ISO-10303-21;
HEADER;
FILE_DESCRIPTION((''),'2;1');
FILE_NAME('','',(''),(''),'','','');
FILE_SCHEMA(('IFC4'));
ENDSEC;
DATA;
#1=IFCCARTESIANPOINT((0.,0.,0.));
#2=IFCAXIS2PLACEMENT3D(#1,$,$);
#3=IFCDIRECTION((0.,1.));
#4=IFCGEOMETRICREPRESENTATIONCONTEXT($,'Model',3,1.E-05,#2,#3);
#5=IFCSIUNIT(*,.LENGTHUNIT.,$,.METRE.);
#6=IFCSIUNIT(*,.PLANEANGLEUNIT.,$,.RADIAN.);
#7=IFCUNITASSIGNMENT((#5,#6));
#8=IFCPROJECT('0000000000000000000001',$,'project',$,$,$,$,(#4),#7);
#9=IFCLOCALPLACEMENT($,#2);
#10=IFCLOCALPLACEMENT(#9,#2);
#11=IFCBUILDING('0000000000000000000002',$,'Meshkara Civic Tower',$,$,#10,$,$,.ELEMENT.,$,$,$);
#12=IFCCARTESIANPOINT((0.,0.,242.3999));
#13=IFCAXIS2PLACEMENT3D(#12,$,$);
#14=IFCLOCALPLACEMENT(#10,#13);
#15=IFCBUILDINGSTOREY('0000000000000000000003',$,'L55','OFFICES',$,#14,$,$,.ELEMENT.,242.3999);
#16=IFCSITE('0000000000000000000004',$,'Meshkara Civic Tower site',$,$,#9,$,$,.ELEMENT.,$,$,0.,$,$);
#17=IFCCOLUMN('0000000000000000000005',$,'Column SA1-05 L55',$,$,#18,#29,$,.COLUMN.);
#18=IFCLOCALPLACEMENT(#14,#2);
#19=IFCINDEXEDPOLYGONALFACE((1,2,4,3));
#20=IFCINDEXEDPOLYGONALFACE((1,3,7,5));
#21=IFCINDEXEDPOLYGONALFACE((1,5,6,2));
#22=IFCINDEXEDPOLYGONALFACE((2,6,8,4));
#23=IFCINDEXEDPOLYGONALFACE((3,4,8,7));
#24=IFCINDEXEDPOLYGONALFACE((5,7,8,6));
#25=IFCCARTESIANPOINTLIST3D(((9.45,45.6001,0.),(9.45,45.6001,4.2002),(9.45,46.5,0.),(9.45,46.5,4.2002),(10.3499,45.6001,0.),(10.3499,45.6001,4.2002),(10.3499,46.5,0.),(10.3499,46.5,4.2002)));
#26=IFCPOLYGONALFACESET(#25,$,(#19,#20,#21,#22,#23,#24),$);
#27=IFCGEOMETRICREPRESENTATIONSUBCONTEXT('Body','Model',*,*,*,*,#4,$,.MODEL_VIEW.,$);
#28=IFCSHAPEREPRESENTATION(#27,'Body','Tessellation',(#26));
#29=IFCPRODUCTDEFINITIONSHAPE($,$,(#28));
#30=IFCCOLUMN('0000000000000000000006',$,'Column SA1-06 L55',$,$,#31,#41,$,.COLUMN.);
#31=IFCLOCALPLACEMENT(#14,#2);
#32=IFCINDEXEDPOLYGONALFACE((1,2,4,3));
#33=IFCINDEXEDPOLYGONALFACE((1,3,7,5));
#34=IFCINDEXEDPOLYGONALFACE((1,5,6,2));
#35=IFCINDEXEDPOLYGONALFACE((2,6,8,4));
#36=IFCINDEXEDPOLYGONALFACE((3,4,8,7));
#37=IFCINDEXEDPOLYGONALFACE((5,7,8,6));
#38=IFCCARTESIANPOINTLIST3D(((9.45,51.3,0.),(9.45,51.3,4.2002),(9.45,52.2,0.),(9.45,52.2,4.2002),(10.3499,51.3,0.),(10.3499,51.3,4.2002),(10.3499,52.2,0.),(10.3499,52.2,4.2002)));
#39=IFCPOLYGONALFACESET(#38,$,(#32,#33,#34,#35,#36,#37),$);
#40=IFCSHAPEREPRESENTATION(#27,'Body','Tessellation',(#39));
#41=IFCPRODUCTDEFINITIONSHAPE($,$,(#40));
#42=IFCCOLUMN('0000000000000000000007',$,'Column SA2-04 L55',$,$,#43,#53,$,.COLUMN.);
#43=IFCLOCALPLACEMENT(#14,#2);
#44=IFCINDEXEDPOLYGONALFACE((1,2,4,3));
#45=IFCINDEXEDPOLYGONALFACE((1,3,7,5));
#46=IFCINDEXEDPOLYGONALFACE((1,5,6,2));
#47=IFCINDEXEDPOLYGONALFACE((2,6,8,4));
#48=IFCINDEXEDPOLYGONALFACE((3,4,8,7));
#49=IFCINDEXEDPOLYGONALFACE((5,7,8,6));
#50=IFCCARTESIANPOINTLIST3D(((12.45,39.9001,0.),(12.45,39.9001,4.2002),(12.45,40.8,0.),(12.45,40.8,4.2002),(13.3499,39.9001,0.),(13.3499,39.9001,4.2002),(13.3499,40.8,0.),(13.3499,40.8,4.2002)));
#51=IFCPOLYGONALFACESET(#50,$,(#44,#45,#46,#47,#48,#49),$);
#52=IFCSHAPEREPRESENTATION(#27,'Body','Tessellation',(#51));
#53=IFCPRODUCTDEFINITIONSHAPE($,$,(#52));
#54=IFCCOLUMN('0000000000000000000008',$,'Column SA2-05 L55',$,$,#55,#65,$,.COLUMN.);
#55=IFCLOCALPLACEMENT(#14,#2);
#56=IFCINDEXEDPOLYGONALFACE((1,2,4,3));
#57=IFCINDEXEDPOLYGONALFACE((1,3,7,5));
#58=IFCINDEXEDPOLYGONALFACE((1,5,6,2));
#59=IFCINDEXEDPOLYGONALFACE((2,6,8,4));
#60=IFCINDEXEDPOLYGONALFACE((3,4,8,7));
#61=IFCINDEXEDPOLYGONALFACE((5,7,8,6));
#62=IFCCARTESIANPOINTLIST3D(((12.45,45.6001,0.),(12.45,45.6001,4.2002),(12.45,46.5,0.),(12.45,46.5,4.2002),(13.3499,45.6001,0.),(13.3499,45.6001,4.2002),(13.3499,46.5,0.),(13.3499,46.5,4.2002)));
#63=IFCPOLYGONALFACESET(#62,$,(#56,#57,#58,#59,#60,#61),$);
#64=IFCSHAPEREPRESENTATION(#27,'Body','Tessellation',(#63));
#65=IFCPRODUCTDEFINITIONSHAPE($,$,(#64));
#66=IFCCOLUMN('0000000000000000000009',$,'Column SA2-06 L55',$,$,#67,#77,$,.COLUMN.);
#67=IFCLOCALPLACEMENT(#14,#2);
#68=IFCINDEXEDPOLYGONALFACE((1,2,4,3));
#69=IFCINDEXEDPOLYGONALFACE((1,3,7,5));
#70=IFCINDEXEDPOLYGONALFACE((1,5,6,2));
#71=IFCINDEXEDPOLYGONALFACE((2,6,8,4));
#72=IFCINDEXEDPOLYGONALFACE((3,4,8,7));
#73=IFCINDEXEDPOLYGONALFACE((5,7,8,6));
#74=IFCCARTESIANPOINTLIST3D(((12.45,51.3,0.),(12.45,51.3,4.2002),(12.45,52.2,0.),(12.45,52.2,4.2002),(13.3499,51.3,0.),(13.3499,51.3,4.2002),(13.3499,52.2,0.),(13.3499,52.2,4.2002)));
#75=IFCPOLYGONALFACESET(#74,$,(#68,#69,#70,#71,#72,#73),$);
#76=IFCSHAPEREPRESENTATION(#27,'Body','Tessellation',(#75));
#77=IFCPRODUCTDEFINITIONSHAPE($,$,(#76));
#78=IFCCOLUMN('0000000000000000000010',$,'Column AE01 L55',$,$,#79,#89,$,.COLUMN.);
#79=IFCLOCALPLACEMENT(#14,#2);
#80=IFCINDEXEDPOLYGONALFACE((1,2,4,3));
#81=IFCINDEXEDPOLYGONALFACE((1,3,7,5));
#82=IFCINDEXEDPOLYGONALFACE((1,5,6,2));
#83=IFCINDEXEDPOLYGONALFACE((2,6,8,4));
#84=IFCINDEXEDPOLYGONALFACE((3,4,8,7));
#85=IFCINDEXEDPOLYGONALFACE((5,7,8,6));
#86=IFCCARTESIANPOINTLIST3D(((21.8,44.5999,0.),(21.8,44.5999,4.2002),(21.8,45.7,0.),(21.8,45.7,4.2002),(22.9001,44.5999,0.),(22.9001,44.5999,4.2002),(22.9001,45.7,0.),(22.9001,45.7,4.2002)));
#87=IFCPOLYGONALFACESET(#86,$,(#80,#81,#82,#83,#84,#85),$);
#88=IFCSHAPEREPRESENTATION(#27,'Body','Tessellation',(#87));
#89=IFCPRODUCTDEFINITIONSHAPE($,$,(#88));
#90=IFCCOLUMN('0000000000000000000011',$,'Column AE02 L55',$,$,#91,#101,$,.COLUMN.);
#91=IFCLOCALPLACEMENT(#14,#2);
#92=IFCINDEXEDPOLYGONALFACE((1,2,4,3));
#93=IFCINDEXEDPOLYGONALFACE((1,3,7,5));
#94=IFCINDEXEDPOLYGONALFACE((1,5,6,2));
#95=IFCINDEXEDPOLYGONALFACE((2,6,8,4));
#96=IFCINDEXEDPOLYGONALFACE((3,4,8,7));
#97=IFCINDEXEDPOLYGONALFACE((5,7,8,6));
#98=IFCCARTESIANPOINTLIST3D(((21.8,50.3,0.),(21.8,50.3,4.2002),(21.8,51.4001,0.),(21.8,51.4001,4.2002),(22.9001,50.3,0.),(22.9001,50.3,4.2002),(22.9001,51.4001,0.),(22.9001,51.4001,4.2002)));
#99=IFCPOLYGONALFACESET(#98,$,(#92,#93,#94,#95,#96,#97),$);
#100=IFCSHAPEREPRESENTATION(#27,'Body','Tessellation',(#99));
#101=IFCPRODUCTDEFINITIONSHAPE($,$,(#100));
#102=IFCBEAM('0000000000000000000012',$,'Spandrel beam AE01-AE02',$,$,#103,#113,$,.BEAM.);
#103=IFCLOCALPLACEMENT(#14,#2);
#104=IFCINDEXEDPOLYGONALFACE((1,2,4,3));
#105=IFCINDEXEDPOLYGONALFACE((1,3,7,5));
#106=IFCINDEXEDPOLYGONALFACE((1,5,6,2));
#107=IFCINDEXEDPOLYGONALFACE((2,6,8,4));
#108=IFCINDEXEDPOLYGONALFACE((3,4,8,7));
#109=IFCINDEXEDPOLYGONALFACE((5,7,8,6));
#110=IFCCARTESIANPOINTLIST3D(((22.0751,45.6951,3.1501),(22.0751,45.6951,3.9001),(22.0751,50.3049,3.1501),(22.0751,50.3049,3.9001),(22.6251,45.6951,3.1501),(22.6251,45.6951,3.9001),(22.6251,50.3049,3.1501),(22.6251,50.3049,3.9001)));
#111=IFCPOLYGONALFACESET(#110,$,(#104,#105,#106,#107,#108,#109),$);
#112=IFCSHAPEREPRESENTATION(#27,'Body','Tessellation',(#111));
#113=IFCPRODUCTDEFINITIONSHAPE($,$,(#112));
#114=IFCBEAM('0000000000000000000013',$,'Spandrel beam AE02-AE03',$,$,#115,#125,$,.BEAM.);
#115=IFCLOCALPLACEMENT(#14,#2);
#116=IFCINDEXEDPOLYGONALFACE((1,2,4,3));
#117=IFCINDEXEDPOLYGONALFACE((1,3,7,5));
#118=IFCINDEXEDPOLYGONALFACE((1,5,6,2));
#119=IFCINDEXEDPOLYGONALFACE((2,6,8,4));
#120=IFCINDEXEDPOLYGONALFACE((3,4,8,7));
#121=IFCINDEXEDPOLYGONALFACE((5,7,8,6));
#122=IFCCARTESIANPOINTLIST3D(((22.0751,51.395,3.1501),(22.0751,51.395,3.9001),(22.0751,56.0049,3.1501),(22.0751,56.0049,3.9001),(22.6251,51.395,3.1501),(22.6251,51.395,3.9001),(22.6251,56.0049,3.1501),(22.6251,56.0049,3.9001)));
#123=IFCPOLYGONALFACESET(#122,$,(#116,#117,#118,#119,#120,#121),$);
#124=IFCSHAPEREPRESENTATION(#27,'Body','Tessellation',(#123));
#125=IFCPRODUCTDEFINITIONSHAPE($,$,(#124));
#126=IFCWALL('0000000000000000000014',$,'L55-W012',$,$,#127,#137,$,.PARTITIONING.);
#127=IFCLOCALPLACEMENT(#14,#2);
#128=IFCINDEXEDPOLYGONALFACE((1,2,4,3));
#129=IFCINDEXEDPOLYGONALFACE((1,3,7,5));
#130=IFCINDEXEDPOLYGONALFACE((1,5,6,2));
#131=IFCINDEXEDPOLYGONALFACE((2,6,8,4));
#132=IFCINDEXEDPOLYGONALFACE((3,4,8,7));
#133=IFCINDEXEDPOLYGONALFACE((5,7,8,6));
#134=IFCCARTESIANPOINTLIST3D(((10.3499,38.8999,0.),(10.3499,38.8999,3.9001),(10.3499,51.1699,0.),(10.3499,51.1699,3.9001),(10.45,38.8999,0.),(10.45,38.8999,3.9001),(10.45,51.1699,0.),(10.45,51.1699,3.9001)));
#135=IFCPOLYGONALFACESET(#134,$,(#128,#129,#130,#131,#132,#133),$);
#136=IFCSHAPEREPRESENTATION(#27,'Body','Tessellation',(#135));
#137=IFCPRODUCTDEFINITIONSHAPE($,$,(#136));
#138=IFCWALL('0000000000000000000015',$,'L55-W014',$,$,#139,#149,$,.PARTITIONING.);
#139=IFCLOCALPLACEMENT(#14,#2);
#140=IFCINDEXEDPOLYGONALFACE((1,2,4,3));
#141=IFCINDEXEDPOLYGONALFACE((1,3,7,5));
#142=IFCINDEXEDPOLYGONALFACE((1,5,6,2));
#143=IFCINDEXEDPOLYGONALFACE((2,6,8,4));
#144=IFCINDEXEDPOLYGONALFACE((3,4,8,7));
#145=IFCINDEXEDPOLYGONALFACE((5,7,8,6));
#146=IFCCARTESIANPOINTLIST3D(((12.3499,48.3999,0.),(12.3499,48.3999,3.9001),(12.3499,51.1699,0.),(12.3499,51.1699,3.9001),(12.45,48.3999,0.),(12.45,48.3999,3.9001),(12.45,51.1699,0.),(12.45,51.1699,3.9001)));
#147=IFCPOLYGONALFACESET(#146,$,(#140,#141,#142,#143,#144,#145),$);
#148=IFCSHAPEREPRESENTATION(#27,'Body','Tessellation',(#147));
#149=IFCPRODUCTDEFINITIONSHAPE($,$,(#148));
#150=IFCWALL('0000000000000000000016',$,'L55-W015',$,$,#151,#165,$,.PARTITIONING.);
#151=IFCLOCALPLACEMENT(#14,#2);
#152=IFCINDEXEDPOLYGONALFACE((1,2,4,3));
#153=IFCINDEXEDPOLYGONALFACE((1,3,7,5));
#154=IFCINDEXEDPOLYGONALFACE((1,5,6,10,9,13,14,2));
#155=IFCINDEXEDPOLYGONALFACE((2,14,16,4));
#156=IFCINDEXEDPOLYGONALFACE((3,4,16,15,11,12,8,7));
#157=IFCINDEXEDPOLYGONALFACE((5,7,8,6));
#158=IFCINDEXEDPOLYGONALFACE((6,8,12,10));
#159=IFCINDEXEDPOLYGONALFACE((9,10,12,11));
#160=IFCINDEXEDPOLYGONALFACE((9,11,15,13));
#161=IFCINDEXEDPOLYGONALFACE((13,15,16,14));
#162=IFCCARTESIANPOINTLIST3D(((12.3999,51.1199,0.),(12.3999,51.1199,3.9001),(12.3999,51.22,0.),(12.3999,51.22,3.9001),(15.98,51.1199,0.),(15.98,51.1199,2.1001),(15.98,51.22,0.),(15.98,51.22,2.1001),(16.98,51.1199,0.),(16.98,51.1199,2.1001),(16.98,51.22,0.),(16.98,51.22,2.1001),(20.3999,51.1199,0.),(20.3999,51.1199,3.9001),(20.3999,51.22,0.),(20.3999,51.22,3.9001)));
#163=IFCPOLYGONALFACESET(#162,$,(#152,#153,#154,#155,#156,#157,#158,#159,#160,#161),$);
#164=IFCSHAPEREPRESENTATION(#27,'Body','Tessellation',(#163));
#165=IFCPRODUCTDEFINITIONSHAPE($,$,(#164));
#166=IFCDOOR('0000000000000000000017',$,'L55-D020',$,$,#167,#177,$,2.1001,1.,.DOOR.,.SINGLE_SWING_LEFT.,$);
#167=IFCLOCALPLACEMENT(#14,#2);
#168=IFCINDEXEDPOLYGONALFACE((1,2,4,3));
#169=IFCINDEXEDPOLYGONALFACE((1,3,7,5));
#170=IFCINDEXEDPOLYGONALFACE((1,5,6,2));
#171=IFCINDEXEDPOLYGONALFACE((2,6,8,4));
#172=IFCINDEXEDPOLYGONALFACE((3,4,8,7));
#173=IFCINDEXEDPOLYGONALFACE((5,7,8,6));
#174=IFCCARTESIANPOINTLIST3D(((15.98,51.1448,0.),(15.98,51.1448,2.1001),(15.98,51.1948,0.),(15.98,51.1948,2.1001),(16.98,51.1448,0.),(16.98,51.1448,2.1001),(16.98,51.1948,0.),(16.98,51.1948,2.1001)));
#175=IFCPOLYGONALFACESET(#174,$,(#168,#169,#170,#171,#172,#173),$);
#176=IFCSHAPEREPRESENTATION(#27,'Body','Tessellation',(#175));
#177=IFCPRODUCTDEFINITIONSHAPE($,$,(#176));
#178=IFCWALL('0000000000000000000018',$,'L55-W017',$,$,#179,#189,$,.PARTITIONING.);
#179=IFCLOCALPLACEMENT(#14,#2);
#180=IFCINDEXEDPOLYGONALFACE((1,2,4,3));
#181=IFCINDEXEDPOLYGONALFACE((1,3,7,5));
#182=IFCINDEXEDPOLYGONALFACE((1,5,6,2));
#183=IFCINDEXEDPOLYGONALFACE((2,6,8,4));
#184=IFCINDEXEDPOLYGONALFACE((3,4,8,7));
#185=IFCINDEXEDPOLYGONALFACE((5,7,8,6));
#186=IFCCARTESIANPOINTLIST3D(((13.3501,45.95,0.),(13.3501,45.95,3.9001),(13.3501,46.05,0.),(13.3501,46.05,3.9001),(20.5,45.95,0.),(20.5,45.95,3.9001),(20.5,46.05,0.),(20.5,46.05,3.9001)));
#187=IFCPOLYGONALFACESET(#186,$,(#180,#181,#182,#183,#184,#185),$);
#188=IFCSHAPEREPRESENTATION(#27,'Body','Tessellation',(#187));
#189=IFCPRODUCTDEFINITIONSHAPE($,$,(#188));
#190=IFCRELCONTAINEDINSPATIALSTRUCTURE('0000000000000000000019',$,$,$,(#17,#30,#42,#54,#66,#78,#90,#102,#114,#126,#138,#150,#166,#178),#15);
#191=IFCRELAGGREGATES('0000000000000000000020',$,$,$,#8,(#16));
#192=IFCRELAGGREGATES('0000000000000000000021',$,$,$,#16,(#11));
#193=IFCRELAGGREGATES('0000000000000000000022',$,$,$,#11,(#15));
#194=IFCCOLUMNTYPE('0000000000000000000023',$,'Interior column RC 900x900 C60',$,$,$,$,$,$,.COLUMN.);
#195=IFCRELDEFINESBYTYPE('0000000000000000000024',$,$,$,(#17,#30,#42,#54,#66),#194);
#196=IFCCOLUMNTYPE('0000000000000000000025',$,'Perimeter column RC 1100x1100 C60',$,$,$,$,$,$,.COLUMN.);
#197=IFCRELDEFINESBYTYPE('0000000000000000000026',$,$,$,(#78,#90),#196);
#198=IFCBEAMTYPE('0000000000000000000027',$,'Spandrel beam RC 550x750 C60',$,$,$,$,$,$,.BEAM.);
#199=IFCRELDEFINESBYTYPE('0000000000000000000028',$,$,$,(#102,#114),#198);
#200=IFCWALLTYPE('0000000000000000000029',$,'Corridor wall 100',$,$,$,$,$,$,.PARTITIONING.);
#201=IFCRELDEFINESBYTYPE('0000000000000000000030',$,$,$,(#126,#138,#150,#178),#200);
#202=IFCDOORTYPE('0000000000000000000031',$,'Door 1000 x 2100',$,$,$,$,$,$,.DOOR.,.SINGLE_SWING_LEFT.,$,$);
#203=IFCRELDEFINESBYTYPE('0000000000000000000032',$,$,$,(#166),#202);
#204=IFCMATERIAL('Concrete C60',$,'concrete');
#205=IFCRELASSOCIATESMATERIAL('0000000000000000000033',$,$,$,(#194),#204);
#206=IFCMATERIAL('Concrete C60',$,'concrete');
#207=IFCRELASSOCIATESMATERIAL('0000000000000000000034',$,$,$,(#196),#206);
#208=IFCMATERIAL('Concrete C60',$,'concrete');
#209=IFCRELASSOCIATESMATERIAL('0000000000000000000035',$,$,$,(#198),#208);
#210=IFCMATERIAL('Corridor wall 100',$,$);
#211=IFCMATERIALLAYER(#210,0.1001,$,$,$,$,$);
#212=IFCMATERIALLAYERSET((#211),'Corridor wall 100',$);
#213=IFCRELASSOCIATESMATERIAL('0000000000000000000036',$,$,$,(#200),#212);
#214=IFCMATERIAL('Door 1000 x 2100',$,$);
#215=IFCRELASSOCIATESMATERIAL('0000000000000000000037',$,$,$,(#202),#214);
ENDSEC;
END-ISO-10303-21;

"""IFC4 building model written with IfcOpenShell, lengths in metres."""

from ifc_helpers import new_model, si_unit, direction, frame, frame_2d, origin, origin_2d, place, context, subcontext, project, spatial, rectangle, extrude, material, layer, layer_set, material_profile, profile_set, type_object, element, fill, save


model = new_model("IFC4")

# Units and contexts
model_context = context("Model", 3, precision=1e-05, world=origin(), true_north=direction((0.0, 1.0)))
body_context = subcontext(model_context, "Body", "Model", "MODEL_VIEW")
ifc_project = project(units=[si_unit("LENGTHUNIT", "METRE"), si_unit("PLANEANGLEUNIT", "RADIAN")], contexts=[model_context])

# Site, building, storey
site_placement = place(None, origin())
site = spatial("IfcSite", under=ifc_project, at=site_placement, Name="Meshkara Civic Tower site", CompositionType="ELEMENT", RefElevation=0.0)
building_placement = place(site_placement, origin())
building = spatial("IfcBuilding", under=site, at=building_placement, Name="Meshkara Civic Tower", CompositionType="ELEMENT")
storey_placement = place(building_placement, frame((0.0, 0.0, 242.3999)))
storey = spatial("IfcBuildingStorey", under=building, at=storey_placement, Name="L55", Description="OFFICES", CompositionType="ELEMENT", Elevation=242.3999)

# Columns
ifc_material_1 = material(Name="Concrete C60", Category="concrete")
ifc_material_profile_1 = material_profile(ifc_material_1, rectangle(XDim=0.8999, YDim=0.8999, at=origin_2d()))
ifc_profile_set_1 = profile_set([ifc_material_profile_1], Name="Concrete C60")
column_type_1 = type_object("IfcColumnType", Name="Interior column RC 900x900 C60", PredefinedType="COLUMN", material=ifc_profile_set_1)
for number, where, z_axis, x_axis, name in (
    (1, (9.8999, 46.05, 0.0), (0.0, 0.0, 1.0), (1.0, 0.0, 0.0), "Column SA1-05 L55"),
    (2, (9.8999, 51.75, 0.0), (0.0, 0.0, 1.0), (1.0, 0.0, 0.0), "Column SA1-06 L55"),
    (3, (12.8999, 40.3501, 0.0), (0.0, 0.0, 1.0), (1.0, 0.0, 0.0), "Column SA2-04 L55"),
    (4, (12.8999, 46.05, 0.0), (0.0, 0.0, 1.0), (1.0, 0.0, 0.0), "Column SA2-05 L55"),
    (5, (12.8999, 51.75, 0.0), (0.0, 0.0, 1.0), (1.0, 0.0, 0.0), "Column SA2-06 L55"),
):
    element("IfcColumn", number, at=place(storey_placement, frame(where, z_axis=z_axis, x_axis=x_axis)), inside=storey, type_object=column_type_1, Name=name, PredefinedType="COLUMN", context=body_context, shape_type="SweptSolid", body=[
        extrude(rectangle(XDim=0.8999, YDim=0.8999, at=origin_2d()), origin(), (0.0, 0.0, 1.0), 4.2002),
    ])
ifc_material_2 = material(Name="Concrete C60", Category="concrete")
ifc_material_profile_2 = material_profile(ifc_material_2, rectangle(XDim=1.1001, YDim=1.1001, at=origin_2d()))
ifc_profile_set_2 = profile_set([ifc_material_profile_2], Name="Concrete C60")
column_type_2 = type_object("IfcColumnType", Name="Perimeter column RC 1100x1100 C60", PredefinedType="COLUMN", material=ifc_profile_set_2)
for number, where, z_axis, x_axis, name in (
    (6, (22.3501, 45.1499, 0.0), (0.0, 0.0, 1.0), (1.0, 0.0, 0.0), "Column AE01 L55"),
    (7, (22.3501, 50.8501, 0.0), (0.0, 0.0, 1.0), (1.0, 0.0, 0.0), "Column AE02 L55"),
):
    element("IfcColumn", number, at=place(storey_placement, frame(where, z_axis=z_axis, x_axis=x_axis)), inside=storey, type_object=column_type_2, Name=name, PredefinedType="COLUMN", context=body_context, shape_type="SweptSolid", body=[
        extrude(rectangle(XDim=1.1001, YDim=1.1001, at=origin_2d()), origin(), (0.0, 0.0, 1.0), 4.2002),
    ])

# Beams
ifc_material_3 = material(Name="Concrete C60", Category="concrete")
ifc_material_profile_3 = material_profile(ifc_material_3, rectangle(XDim=0.55, YDim=0.75, at=origin_2d()))
ifc_profile_set_3 = profile_set([ifc_material_profile_3], Name="Concrete C60")
beam_type = type_object("IfcBeamType", Name="Spandrel beam RC 550x750 C60", PredefinedType="BEAM", material=ifc_profile_set_3)
for number, where, z_axis, x_axis, name in (
    (8, (22.3501, 45.6951, 3.5251), (0.0, 1.0, 0.0), (-1.0, 0.0, 0.0), "Spandrel beam AE01-AE02"),
    (9, (22.3501, 51.395, 3.5251), (0.0, 1.0, 0.0), (-1.0, 0.0, 0.0), "Spandrel beam AE02-AE03"),
):
    element("IfcBeam", number, at=place(storey_placement, frame(where, z_axis=z_axis, x_axis=x_axis)), inside=storey, type_object=beam_type, Name=name, PredefinedType="BEAM", context=body_context, shape_type="SweptSolid", body=[
        extrude(rectangle(XDim=0.55, YDim=0.75, at=origin_2d()), origin(), (0.0, 0.0, 1.0), 4.6099),
    ])

# Walls
ifc_material_4 = material(Name="Corridor wall 100")
ifc_layer_1 = layer(ifc_material_4, 0.1001)
ifc_layer_set_1 = layer_set([ifc_layer_1], Name="Corridor wall 100")
wall_type_1 = type_object("IfcWallType", Name="Corridor wall 100", PredefinedType="PARTITIONING", material=ifc_layer_set_1)
wall_1_placement = place(storey_placement, frame((10.3999, 51.1699, 0.0), z_axis=(0.0, 0.0, 1.0), x_axis=(0.0, -1.0, 0.0)))
element("IfcWall", 10, at=wall_1_placement, inside=storey, type_object=wall_type_1, Name="L55-W012", PredefinedType="PARTITIONING", context=body_context, shape_type="SweptSolid", body=[
    extrude(rectangle(XDim=12.27, YDim=0.1001, at=frame_2d((6.135, 0.0))), origin(), (0.0, 0.0, 1.0), 3.9001),
])
wall_2_placement = place(storey_placement, frame((12.3999, 48.3999, 0.0), z_axis=(0.0, 0.0, 1.0), x_axis=(0.0, 1.0, 0.0)))
element("IfcWall", 11, at=wall_2_placement, inside=storey, type_object=wall_type_1, Name="L55-W014", PredefinedType="PARTITIONING", context=body_context, shape_type="SweptSolid", body=[
    extrude(rectangle(XDim=2.77, YDim=0.1001, at=frame_2d((1.385, 0.0))), origin(), (0.0, 0.0, 1.0), 3.9001),
])

# Wall, opening, door
wall_3_placement = place(storey_placement, frame((12.3999, 51.1699, 0.0), z_axis=(0.0, 0.0, 1.0), x_axis=(1.0, 0.0, 0.0)))
wall_3 = element("IfcWall", 12, at=wall_3_placement, inside=storey, type_object=wall_type_1, Name="L55-W015", PredefinedType="PARTITIONING", context=body_context, shape_type="SweptSolid", body=[
    extrude(rectangle(XDim=8.0, YDim=0.1001, at=frame_2d((4.0, 0.0))), origin(), (0.0, 0.0, 1.0), 3.9001),
])
opening_1_placement = place(wall_3_placement, frame((3.5801, 0.0, 0.0)))
opening_1 = element("IfcOpeningElement", 13, at=opening_1_placement, cuts=wall_3, PredefinedType="OPENING", context=body_context, shape_type="SweptSolid", body=[
    extrude(rectangle(XDim=1.0, YDim=2.1001, at=frame_2d((0.5, 1.05))), frame((0.0, 0.0601, 0.0), z_axis=(0.0, -1.0, 0.0), x_axis=(1.0, 0.0, 0.0)), (0.0, 0.0, 1.0), 0.1201),
])
ifc_material_5 = material(Name="Door 1000 x 2100")
door_type = type_object("IfcDoorType", Name="Door 1000 x 2100", OperationType="SINGLE_SWING_LEFT", PredefinedType="DOOR", material=ifc_material_5)
door_1_placement = place(opening_1_placement, origin())
door_1 = element("IfcDoor", 14, at=door_1_placement, inside=storey, type_object=door_type, Name="L55-D020", OperationType="SINGLE_SWING_LEFT", OverallHeight=2.1001, OverallWidth=1.0, PredefinedType="DOOR", context=body_context, shape_type="SweptSolid", body=[
    extrude(rectangle(XDim=1.0, YDim=2.1001, at=frame_2d((0.5, 1.05))), frame((0.0, 0.0249, 0.0), z_axis=(0.0, -1.0, 0.0), x_axis=(1.0, 0.0, 0.0)), (0.0, 0.0, 1.0), 0.05),
])
fill(opening_1, door_1)

# Wall
wall_4_placement = place(storey_placement, frame((13.3501, 46.0, 0.0), z_axis=(0.0, 0.0, 1.0), x_axis=(1.0, 0.0, 0.0)))
element("IfcWall", 15, at=wall_4_placement, inside=storey, type_object=wall_type_1, Name="L55-W017", PredefinedType="PARTITIONING", context=body_context, shape_type="SweptSolid", body=[
    extrude(rectangle(XDim=7.1499, YDim=0.1001, at=frame_2d((3.575, 0.0))), origin(), (0.0, 0.0, 1.0), 3.9001),
])

save(model, "model.ifc")
